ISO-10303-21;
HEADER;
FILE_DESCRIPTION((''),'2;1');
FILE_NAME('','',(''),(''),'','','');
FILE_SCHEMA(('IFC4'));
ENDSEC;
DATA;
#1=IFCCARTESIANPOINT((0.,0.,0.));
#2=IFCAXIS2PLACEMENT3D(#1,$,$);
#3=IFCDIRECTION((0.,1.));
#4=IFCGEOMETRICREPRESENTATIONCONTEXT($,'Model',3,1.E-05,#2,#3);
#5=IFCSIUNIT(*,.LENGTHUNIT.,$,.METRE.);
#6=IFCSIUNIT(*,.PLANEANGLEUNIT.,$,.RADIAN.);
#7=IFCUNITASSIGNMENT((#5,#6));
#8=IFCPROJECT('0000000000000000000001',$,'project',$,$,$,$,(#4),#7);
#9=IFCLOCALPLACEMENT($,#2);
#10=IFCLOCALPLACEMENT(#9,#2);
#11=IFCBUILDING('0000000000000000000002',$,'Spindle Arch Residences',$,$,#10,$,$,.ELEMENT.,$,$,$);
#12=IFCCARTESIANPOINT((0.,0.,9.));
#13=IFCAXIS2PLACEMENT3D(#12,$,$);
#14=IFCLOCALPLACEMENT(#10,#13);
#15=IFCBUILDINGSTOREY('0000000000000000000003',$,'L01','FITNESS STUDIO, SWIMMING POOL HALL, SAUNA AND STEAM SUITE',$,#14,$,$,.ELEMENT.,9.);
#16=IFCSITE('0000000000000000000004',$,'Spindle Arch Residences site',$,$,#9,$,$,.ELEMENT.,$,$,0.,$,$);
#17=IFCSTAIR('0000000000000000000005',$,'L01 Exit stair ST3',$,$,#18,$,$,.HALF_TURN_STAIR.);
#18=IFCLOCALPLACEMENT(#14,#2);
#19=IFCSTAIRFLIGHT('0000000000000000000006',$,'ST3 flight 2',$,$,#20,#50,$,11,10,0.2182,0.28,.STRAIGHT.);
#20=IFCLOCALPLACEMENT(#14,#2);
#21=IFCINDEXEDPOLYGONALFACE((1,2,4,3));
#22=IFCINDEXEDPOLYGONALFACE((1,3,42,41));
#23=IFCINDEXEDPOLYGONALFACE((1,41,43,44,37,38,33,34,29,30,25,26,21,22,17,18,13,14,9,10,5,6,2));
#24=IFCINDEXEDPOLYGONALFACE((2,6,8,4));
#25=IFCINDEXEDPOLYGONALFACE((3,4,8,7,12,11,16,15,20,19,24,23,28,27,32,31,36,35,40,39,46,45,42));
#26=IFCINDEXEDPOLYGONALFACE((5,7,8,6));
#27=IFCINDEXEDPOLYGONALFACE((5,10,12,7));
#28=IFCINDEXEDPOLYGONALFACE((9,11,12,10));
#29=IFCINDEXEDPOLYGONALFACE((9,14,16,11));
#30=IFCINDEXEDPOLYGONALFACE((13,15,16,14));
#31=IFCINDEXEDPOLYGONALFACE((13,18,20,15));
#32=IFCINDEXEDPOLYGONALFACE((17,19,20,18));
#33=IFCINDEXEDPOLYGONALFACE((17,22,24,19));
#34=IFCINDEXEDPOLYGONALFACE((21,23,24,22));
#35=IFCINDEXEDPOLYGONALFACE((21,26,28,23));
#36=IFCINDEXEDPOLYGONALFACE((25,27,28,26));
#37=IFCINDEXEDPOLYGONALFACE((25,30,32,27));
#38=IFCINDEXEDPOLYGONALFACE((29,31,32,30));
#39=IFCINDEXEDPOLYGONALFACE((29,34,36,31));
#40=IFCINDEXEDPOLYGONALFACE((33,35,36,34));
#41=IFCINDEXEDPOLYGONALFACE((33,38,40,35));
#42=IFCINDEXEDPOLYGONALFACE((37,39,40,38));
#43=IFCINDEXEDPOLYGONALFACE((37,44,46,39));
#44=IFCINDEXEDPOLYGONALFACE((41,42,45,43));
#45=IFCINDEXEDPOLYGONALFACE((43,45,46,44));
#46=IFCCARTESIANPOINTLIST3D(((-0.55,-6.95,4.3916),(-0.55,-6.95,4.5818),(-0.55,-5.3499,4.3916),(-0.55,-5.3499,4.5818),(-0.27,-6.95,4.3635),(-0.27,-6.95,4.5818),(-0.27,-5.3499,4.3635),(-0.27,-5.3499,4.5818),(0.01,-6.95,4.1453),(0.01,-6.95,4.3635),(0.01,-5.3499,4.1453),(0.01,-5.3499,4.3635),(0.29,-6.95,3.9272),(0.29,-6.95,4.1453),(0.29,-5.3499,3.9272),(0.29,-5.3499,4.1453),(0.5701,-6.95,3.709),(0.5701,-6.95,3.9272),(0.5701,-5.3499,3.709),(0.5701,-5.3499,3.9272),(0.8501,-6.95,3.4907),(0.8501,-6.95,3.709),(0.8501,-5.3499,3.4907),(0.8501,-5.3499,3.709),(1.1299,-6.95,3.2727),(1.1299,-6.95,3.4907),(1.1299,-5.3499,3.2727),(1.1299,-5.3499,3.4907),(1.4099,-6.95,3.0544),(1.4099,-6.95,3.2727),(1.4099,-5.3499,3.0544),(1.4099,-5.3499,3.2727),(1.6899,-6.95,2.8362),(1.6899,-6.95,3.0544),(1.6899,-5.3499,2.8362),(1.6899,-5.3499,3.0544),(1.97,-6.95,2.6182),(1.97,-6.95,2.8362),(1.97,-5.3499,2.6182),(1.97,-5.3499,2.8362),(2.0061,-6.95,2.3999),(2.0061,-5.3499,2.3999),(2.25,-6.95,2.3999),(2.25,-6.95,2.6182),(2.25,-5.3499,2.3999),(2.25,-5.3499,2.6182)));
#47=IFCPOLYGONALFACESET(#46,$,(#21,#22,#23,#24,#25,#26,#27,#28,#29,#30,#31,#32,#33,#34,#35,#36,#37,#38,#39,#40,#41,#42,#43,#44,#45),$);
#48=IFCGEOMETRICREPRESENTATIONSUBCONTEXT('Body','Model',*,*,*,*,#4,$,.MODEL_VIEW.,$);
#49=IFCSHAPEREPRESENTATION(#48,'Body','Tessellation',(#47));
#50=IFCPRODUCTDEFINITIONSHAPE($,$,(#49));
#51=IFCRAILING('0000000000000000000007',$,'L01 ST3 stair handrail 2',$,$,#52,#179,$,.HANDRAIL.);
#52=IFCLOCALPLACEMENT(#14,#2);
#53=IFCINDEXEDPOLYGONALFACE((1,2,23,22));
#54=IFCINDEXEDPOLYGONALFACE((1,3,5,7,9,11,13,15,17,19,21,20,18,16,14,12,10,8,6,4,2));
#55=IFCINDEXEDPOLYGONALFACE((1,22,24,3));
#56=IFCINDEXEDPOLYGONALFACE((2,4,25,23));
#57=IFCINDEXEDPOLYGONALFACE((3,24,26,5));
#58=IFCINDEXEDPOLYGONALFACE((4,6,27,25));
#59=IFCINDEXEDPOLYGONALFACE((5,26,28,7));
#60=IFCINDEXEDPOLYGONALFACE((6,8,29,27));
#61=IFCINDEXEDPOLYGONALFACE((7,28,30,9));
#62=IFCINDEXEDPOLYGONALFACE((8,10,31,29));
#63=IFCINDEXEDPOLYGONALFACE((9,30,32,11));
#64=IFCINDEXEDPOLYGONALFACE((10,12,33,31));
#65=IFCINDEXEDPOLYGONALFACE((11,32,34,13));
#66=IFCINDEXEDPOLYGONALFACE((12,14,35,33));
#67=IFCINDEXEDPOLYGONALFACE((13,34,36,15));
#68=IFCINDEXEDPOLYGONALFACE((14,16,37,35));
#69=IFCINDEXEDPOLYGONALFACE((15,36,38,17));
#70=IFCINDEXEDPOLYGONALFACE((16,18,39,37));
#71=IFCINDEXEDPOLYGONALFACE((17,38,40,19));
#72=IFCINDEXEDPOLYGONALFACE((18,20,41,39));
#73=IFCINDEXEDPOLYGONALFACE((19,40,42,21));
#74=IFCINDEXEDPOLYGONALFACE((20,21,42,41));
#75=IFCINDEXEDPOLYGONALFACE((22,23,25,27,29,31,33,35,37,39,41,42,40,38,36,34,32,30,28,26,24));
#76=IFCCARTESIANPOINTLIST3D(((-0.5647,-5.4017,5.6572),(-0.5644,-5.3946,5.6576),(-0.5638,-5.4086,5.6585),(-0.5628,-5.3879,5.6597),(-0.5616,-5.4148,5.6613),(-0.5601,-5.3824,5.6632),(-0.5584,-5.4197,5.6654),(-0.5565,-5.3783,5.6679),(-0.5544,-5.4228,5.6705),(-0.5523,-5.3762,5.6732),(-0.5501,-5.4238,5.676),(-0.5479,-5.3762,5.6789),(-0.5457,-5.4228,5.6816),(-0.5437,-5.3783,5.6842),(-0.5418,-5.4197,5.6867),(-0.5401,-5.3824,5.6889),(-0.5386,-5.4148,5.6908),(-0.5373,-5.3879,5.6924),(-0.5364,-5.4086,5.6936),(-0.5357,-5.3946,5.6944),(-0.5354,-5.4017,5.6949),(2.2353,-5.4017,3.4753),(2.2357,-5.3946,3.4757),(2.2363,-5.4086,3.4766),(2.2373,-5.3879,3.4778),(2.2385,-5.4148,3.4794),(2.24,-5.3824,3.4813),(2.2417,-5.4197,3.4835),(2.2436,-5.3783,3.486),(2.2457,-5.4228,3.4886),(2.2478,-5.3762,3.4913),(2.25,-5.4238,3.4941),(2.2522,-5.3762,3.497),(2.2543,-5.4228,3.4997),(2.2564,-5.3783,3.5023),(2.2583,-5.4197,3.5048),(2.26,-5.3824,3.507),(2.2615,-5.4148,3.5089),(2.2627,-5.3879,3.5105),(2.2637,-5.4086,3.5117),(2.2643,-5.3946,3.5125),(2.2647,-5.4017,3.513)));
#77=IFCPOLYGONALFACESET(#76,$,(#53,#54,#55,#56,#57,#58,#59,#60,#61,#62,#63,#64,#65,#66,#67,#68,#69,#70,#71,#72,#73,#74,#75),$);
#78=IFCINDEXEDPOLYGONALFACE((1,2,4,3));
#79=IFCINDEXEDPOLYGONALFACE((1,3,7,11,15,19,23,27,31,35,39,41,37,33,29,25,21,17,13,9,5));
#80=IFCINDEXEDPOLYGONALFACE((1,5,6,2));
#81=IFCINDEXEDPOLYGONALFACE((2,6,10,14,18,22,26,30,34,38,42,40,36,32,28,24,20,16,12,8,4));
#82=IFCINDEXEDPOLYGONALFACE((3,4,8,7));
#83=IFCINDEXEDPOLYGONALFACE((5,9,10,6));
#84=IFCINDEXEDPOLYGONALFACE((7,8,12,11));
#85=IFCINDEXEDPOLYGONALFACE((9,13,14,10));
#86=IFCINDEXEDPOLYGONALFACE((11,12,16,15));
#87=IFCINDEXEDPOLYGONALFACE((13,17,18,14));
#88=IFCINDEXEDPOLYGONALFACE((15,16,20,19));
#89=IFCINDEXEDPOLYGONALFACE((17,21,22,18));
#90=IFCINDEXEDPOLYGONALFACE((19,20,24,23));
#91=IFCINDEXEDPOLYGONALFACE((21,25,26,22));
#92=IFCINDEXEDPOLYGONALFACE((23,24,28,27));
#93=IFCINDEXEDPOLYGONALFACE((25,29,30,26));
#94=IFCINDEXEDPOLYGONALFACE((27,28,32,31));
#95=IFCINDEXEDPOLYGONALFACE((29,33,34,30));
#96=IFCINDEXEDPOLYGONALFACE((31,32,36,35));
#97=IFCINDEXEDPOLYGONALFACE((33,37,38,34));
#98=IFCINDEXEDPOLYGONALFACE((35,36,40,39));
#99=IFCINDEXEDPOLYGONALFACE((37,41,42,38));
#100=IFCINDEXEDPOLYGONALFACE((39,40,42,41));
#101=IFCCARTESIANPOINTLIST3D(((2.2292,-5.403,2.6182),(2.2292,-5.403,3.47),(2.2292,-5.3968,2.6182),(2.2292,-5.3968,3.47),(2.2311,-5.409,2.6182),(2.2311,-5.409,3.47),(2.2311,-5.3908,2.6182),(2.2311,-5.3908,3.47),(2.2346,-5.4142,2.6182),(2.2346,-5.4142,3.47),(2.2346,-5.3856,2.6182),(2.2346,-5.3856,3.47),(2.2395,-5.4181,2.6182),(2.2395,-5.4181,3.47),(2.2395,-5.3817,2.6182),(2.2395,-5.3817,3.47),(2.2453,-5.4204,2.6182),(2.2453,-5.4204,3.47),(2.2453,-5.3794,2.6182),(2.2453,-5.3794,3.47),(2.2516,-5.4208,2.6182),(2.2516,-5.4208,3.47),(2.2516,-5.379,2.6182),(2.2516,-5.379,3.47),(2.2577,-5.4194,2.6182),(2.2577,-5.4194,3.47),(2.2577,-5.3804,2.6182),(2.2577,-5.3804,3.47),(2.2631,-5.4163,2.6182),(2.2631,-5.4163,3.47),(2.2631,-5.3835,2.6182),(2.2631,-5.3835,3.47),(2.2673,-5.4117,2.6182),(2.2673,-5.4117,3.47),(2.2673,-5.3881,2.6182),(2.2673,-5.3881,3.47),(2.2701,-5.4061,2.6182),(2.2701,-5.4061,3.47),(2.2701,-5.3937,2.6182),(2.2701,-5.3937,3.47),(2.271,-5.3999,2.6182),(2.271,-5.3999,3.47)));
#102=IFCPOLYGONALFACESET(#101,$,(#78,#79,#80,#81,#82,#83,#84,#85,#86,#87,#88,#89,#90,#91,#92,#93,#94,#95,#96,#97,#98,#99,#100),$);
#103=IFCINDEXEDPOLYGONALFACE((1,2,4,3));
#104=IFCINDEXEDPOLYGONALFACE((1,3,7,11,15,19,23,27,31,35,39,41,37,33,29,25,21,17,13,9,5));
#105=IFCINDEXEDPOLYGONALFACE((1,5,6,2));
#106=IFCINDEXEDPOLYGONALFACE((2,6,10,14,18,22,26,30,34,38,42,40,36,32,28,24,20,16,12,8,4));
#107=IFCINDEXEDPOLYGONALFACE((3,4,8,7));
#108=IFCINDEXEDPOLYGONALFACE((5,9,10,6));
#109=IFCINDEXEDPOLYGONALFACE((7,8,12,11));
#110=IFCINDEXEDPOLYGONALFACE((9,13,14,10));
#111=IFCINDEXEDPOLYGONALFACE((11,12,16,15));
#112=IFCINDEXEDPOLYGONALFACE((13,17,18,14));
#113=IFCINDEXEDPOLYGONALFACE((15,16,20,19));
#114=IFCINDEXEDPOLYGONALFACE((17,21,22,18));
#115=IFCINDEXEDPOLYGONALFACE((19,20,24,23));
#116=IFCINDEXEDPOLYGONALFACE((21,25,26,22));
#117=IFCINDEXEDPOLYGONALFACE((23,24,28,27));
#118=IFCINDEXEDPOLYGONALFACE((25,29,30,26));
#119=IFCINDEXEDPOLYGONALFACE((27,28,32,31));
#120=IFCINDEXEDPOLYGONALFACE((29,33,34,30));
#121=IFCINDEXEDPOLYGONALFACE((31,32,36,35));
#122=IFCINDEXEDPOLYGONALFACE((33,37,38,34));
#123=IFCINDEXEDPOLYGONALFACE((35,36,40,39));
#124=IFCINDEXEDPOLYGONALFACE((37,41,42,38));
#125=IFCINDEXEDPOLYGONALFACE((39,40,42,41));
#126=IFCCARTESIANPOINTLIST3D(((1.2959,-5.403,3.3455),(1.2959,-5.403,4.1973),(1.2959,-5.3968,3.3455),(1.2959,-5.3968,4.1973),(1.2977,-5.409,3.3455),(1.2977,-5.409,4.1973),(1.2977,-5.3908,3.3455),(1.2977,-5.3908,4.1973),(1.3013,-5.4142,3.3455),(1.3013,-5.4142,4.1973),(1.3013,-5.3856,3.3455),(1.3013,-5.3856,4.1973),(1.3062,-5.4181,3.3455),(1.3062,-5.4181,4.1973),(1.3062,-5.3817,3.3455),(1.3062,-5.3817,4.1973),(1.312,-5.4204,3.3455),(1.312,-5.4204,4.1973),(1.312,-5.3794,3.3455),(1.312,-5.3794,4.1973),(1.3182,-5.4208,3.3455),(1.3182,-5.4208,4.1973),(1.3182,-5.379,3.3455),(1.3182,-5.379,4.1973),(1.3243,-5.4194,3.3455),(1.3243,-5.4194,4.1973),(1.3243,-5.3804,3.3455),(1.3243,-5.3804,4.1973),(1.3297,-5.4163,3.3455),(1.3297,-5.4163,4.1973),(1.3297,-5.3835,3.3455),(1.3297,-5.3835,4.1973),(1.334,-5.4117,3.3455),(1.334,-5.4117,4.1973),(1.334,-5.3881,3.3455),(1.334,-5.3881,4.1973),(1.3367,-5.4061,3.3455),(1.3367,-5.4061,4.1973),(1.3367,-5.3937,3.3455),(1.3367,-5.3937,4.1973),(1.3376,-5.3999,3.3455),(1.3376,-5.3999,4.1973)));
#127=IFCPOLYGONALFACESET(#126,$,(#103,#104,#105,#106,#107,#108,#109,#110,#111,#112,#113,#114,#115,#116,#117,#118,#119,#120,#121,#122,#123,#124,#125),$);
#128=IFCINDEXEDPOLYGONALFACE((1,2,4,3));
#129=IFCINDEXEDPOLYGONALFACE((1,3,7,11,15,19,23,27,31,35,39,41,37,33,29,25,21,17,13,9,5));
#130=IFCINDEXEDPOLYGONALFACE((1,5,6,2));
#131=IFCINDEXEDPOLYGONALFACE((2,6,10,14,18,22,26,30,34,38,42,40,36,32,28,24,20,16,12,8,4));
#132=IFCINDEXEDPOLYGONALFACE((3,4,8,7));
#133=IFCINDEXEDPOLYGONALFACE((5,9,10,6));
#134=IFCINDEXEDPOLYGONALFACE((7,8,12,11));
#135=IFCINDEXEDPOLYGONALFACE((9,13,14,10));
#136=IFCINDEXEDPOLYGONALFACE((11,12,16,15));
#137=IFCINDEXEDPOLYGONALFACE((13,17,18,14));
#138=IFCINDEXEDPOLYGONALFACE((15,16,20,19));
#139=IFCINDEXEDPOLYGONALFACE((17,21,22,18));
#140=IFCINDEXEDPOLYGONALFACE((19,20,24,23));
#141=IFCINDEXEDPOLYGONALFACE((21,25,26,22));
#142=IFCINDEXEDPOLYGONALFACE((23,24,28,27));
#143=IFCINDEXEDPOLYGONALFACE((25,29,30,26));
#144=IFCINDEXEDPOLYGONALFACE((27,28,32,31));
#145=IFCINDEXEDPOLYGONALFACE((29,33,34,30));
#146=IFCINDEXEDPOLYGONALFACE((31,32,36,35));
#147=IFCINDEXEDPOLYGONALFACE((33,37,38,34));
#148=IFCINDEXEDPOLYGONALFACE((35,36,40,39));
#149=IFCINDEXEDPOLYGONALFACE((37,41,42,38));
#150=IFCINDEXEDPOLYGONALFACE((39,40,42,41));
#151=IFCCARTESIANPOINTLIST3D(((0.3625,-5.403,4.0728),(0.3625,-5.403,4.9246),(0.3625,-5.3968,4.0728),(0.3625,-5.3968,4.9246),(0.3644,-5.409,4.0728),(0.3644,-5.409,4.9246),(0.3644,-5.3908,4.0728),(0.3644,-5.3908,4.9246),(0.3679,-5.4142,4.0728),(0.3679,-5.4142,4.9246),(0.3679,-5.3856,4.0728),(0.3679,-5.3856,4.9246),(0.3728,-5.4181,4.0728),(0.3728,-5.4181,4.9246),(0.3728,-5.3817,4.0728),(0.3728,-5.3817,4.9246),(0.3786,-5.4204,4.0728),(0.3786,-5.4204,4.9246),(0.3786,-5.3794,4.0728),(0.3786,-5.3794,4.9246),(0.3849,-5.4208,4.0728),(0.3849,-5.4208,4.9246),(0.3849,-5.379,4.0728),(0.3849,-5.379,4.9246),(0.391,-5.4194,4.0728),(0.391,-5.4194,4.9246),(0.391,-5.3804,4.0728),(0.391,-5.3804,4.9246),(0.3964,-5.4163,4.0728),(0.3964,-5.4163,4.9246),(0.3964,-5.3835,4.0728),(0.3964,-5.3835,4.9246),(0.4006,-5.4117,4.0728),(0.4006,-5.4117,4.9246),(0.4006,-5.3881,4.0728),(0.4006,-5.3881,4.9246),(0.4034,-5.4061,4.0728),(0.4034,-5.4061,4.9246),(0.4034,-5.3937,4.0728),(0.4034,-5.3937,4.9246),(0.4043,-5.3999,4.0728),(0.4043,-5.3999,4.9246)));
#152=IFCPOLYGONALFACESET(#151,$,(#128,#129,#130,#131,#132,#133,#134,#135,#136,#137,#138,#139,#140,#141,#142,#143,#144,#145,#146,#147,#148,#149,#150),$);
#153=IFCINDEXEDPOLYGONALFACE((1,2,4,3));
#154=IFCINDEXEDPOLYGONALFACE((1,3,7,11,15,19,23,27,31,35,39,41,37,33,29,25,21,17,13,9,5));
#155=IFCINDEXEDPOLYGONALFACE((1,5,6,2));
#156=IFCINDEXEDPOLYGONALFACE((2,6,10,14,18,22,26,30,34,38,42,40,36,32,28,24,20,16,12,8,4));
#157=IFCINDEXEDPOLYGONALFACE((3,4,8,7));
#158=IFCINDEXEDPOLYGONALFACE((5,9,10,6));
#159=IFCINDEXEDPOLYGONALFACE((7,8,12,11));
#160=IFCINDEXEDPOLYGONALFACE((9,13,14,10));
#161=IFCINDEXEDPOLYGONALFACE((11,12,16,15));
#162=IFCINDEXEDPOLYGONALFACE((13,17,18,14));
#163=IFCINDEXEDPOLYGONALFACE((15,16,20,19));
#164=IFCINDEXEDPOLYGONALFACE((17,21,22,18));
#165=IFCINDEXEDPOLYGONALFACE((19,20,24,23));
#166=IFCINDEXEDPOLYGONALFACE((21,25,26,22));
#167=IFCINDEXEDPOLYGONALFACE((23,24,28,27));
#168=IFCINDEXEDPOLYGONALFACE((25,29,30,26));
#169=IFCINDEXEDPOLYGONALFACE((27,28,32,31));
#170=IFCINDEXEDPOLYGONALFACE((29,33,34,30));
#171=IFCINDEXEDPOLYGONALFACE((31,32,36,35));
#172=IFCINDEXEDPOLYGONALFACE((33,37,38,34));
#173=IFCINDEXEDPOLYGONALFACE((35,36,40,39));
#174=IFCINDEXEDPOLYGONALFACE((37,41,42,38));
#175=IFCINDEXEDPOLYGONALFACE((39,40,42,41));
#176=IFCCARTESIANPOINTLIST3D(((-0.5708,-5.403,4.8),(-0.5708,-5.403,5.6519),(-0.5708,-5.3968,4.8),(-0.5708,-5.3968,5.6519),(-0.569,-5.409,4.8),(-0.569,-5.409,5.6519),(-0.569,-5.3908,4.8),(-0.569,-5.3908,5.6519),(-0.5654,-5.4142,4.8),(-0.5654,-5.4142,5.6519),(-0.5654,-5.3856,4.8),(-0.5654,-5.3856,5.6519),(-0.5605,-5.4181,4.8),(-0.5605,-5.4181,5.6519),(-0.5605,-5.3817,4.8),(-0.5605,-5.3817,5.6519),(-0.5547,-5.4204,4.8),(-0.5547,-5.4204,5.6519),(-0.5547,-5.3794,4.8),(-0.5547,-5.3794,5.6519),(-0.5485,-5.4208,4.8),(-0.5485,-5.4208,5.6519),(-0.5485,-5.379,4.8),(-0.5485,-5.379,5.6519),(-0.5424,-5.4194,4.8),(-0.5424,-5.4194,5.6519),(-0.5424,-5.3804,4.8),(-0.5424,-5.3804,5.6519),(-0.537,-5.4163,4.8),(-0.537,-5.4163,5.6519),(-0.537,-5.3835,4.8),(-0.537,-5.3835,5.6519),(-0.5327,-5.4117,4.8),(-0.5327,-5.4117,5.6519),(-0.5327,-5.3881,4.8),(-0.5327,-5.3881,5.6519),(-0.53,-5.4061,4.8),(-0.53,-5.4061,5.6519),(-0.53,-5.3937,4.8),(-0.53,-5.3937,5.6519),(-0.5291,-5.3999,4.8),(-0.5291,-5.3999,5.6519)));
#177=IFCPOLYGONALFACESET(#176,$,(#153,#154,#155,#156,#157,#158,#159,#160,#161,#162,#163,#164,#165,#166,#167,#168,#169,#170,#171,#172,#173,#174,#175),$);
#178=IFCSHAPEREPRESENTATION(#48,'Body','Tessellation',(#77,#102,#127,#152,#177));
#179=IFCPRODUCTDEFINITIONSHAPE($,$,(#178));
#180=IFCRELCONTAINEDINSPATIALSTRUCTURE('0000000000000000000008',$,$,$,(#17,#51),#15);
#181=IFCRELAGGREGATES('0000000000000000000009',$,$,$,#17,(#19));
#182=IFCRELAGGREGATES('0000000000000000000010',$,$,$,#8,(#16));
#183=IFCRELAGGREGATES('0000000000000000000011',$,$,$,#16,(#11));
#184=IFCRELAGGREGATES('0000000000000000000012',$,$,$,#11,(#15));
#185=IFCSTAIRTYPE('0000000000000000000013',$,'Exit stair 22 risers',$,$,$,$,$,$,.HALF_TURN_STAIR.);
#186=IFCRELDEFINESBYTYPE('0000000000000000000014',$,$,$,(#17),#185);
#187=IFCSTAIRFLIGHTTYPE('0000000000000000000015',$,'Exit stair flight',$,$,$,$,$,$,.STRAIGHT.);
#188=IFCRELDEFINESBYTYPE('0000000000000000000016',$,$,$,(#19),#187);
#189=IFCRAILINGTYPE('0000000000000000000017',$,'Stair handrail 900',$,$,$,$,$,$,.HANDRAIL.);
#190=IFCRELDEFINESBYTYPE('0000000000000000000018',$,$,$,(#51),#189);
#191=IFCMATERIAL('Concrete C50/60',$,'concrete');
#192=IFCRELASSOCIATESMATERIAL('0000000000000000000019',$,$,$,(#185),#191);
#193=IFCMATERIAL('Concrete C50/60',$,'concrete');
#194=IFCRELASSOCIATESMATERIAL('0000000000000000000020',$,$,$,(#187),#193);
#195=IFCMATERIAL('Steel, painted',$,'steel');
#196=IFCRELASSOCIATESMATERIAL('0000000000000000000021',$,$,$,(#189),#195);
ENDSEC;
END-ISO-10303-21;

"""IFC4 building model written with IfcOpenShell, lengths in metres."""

from ifc_helpers import new_model, si_unit, direction, frame, origin, origin_2d, place, context, subcontext, project, spatial, polyline, circle, outline, extrude, material, type_object, element, aggregate, save


model = new_model("IFC4")

# Units and contexts
model_context = context("Model", 3, precision=1e-05, world=origin(), true_north=direction((0.0, 1.0)))
body_context = subcontext(model_context, "Body", "Model", "MODEL_VIEW")
ifc_project = project(units=[si_unit("LENGTHUNIT", "METRE"), si_unit("PLANEANGLEUNIT", "RADIAN")], contexts=[model_context])

# Site, building, storey
site_placement = place(None, origin())
site = spatial("IfcSite", under=ifc_project, at=site_placement, Name="Spindle Arch Residences site", CompositionType="ELEMENT", RefElevation=0.0)
building_placement = place(site_placement, origin())
building = spatial("IfcBuilding", under=site, at=building_placement, Name="Spindle Arch Residences", CompositionType="ELEMENT")
storey_placement = place(building_placement, frame((0.0, 0.0, 9.0)))
storey = spatial("IfcBuildingStorey", under=building, at=storey_placement, Name="L01", Description="FITNESS STUDIO, SWIMMING POOL HALL, SAUNA AND STEAM SUITE", CompositionType="ELEMENT", Elevation=9.0)

# Stair, stair flight
ifc_material_1 = material(Name="Concrete C50/60", Category="concrete")
stair_type = type_object("IfcStairType", Name="Exit stair 22 risers", PredefinedType="HALF_TURN_STAIR", material=ifc_material_1)
stair_placement = place(storey_placement, origin())
stair = element("IfcStair", 1, at=stair_placement, inside=storey, type_object=stair_type, Name="L01 Exit stair ST3", PredefinedType="HALF_TURN_STAIR")
ifc_material_2 = material(Name="Concrete C50/60", Category="concrete")
stair_flight_type = type_object("IfcStairFlightType", Name="Exit stair flight", PredefinedType="STRAIGHT", material=ifc_material_2)
stair_flight_placement = place(storey_placement, frame((2.25, -6.1499, 2.3999), z_axis=(0.0, 0.0, 1.0), x_axis=(-1.0, 0.0, 0.0)))
stair_flight = element("IfcStairFlight", 2, at=stair_flight_placement, type_object=stair_flight_type, Name="ST3 flight 2", NumberOfRisers=11, NumberOfTreads=10, PredefinedType="STRAIGHT", RiserHeight=0.2182, TreadLength=0.28, context=body_context, shape_type="SweptSolid", body=[
    extrude(outline(polyline([(0.0, 0.0), (0.0, 0.2183), (0.28, 0.2183), (0.28, 0.4363), (0.5601, 0.4363), (0.5601, 0.6545), (0.8401, 0.6545), (0.8401, 0.8728), (1.1201, 0.8728), (1.1201, 1.0908), (1.3999, 1.0908), (1.3999, 1.3091), (1.6799, 1.3091), (1.6799, 1.5273), (1.96, 1.5273), (1.96, 1.7454), (2.24, 1.7454), (2.24, 1.9636), (2.52, 1.9636), (2.52, 2.1819), (2.8, 2.1819), (2.8, 2.3999), (2.8, 1.9917), (0.2439, 0.0), (0.0, 0.0)])), frame((0.0, 0.8, 0.0), z_axis=(0.0, -1.0, 0.0), x_axis=(1.0, 0.0, 0.0)), (0.0, 0.0, 1.0), 1.6001),
])
aggregate(stair, [stair_flight])

# Railing
ifc_material_3 = material(Name="Steel, painted", Category="steel")
railing_type = type_object("IfcRailingType", Name="Stair handrail 900", PredefinedType="HANDRAIL", material=ifc_material_3)
railing_placement = place(storey_placement, frame((2.25, -5.3999, 2.6182)))
element("IfcRailing", 3, at=railing_placement, inside=storey, type_object=railing_type, Name="L01 ST3 stair handrail 2", PredefinedType="HANDRAIL", context=body_context, shape_type="SweptSolid", body=[
    extrude(circle(Radius=0.0239, at=origin_2d()), frame((0.0, 0.0, 0.876), z_axis=(-0.788796, 0.0, 0.614655), x_axis=(0.0, -1.0, 0.0)), (0.0, 0.0, 1.0), 3.5498),
    extrude(circle(Radius=0.021, at=origin_2d()), origin(), (0.0, 0.0, 1.0), 0.8518),
    extrude(circle(Radius=0.021, at=origin_2d()), frame((-0.9333, 0.0, 0.7273)), (0.0, 0.0, 1.0), 0.8518),
    extrude(circle(Radius=0.021, at=origin_2d()), frame((-1.8667, 0.0, 1.4546)), (0.0, 0.0, 1.0), 0.8518),
    extrude(circle(Radius=0.021, at=origin_2d()), frame((-2.8, 0.0, 2.1819)), (0.0, 0.0, 1.0), 0.8518),
])

save(model, "model.ifc")
